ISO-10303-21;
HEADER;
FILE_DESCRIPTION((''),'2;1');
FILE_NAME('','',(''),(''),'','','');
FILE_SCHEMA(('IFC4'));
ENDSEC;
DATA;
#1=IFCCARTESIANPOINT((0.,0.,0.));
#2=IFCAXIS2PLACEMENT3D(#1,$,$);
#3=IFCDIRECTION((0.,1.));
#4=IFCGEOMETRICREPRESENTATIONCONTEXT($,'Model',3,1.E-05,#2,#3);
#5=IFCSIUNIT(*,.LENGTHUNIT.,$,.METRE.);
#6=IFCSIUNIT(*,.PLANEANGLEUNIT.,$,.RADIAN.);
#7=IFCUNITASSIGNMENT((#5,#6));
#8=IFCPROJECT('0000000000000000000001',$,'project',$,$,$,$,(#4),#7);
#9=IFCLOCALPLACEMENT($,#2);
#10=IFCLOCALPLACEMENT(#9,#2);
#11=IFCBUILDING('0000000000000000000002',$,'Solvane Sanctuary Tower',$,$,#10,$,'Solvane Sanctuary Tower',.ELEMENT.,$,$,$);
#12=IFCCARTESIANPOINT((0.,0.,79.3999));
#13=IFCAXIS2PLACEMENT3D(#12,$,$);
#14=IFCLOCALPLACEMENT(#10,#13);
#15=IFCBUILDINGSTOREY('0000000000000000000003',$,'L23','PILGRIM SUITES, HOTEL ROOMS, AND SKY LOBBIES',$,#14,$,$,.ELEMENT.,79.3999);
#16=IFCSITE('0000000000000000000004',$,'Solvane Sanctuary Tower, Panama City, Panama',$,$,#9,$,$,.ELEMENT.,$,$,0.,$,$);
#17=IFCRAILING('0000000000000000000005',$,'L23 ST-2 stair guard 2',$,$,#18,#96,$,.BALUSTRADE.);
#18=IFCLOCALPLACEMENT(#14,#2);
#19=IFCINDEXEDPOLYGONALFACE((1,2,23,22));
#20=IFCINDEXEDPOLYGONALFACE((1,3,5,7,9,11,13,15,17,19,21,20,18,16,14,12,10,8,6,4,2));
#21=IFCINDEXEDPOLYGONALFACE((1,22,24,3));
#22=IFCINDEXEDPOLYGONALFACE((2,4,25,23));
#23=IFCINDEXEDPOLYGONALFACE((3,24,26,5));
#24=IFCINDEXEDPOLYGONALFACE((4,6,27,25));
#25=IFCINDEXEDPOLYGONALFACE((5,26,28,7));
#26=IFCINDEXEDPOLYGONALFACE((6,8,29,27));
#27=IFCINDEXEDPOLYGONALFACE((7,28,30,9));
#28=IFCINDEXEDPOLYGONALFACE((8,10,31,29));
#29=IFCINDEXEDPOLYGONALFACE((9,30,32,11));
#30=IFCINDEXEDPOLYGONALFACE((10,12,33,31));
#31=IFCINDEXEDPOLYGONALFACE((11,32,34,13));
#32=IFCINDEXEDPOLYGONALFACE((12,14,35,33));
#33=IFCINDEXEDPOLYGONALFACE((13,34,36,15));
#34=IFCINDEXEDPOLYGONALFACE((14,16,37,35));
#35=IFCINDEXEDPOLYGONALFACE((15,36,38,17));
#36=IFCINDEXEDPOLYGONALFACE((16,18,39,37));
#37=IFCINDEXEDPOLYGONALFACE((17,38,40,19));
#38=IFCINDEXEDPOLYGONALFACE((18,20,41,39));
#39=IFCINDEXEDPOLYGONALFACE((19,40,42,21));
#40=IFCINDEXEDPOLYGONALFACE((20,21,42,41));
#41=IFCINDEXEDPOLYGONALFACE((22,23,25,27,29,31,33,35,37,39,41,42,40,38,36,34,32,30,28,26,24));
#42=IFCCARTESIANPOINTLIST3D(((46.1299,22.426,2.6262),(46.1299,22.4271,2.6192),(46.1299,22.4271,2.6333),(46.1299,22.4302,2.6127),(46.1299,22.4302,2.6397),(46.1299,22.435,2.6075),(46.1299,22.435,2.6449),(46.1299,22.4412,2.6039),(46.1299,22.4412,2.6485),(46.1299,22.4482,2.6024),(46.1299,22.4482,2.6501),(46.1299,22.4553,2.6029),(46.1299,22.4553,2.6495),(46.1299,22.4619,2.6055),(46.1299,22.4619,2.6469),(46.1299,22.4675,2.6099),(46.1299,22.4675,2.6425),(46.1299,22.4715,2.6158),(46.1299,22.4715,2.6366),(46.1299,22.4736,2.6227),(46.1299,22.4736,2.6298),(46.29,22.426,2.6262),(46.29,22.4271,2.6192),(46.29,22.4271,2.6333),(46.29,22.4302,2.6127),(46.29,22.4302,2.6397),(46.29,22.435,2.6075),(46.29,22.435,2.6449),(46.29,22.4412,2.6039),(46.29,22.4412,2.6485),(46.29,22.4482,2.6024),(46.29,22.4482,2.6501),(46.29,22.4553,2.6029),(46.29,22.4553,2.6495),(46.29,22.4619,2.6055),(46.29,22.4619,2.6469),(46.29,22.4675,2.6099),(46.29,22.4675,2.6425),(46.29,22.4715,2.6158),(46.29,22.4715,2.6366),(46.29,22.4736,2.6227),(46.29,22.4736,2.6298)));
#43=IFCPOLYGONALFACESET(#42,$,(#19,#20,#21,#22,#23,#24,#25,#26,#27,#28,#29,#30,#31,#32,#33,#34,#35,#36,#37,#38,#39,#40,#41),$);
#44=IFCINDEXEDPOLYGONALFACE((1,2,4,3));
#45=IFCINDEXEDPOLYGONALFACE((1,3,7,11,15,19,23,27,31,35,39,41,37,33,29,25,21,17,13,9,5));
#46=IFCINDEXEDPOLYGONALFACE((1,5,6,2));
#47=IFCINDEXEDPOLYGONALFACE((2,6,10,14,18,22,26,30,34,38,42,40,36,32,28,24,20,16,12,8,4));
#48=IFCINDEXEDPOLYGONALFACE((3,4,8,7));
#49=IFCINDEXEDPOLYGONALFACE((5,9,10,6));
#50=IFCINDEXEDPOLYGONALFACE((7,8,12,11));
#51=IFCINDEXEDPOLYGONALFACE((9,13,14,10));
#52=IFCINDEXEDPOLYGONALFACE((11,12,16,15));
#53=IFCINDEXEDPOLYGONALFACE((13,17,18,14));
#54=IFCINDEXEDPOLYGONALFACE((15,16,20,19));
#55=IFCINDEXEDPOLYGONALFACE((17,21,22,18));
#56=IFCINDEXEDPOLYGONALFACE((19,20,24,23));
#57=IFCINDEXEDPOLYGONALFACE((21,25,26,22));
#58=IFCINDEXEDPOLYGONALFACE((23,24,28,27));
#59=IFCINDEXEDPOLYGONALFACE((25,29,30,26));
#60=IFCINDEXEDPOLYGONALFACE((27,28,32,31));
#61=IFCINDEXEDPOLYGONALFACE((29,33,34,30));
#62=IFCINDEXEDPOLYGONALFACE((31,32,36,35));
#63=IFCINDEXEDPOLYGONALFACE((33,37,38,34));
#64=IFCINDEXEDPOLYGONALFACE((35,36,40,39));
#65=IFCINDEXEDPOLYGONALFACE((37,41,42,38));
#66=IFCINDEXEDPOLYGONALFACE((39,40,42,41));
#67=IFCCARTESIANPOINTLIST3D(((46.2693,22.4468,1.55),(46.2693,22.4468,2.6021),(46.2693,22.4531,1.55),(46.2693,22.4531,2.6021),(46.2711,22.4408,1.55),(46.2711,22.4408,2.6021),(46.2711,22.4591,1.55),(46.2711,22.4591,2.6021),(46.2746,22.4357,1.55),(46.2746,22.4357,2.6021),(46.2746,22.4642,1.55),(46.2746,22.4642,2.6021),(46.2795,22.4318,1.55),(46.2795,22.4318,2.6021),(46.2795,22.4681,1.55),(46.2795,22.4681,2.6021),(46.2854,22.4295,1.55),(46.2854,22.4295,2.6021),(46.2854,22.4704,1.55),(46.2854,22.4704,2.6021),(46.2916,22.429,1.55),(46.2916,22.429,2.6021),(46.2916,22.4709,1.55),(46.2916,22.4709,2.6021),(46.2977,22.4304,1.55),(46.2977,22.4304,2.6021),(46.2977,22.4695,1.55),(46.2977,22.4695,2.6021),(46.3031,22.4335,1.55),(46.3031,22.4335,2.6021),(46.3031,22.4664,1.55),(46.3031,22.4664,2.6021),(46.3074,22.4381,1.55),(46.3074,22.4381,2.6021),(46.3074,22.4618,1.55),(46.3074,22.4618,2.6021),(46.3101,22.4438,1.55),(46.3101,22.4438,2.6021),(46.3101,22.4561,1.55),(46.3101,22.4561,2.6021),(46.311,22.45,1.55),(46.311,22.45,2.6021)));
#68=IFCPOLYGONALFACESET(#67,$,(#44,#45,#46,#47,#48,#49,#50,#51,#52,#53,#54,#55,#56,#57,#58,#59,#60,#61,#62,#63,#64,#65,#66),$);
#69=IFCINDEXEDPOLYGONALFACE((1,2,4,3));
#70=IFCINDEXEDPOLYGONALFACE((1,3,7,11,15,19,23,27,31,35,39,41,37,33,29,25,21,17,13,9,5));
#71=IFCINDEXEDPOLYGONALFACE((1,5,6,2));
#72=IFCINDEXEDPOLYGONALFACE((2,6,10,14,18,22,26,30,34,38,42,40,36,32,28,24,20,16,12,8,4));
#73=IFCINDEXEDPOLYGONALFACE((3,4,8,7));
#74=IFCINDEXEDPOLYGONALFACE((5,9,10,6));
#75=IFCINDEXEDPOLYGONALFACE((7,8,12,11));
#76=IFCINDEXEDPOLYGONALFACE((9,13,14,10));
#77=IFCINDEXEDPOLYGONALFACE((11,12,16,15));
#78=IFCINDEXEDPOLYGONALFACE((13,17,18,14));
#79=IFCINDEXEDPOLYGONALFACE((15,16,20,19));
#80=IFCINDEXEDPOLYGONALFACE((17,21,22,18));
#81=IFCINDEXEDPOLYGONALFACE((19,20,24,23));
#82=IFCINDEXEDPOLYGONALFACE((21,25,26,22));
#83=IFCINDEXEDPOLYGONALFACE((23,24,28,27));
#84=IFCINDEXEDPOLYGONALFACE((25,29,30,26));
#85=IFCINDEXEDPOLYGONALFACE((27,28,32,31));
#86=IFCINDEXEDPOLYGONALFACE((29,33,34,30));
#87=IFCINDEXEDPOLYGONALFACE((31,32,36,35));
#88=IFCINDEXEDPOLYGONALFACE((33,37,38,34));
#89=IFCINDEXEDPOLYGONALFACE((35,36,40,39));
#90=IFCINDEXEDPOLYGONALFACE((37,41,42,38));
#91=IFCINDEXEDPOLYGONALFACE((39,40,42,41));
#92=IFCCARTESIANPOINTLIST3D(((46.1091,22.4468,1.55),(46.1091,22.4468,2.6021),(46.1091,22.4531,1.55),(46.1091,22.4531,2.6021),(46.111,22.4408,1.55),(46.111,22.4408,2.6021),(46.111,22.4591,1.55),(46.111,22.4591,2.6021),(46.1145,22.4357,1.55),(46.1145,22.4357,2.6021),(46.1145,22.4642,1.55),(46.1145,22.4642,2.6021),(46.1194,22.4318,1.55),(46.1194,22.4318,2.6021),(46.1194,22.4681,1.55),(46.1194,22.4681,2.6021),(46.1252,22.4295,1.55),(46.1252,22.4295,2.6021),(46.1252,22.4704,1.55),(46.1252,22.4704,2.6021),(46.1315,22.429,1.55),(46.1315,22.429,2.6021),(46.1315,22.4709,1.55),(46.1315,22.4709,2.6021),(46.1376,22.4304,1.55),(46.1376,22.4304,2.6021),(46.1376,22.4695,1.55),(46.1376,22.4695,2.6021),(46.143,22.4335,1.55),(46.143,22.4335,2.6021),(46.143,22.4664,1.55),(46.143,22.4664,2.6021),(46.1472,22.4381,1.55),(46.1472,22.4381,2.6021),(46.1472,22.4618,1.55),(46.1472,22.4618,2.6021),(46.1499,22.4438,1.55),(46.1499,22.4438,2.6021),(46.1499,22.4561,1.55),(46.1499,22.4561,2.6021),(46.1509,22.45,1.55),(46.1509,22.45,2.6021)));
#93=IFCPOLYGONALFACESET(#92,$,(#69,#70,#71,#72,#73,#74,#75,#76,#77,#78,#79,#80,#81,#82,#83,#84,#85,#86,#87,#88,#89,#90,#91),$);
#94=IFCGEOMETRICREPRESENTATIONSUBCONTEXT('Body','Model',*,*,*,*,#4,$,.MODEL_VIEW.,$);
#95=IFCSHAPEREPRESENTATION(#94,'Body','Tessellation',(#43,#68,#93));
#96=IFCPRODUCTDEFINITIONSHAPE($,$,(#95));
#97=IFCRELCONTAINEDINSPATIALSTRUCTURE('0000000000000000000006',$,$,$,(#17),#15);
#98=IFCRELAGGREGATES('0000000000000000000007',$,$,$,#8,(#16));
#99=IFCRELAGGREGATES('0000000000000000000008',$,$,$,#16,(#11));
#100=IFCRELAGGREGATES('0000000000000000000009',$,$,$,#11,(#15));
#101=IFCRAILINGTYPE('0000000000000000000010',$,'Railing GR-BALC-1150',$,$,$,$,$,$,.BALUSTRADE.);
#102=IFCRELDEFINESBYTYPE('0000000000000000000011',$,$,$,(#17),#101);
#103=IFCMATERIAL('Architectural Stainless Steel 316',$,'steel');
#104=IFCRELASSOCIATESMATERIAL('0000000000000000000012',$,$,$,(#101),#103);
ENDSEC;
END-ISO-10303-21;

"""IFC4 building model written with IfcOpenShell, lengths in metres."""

from ifc_helpers import new_model, si_unit, direction, frame, origin, origin_2d, place, context, subcontext, project, spatial, circle, extrude, material, type_object, element, save


model = new_model("IFC4")

# Units and contexts
model_context = context("Model", 3, precision=1e-05, world=origin(), true_north=direction((0.0, 1.0)))
body_context = subcontext(model_context, "Body", "Model", "MODEL_VIEW")
ifc_project = project(units=[si_unit("LENGTHUNIT", "METRE"), si_unit("PLANEANGLEUNIT", "RADIAN")], contexts=[model_context])

# Site, building, storey
site_placement = place(None, origin())
site = spatial("IfcSite", under=ifc_project, at=site_placement, Name="Solvane Sanctuary Tower, Panama City, Panama", CompositionType="ELEMENT", RefElevation=0.0)
building_placement = place(site_placement, origin())
building = spatial("IfcBuilding", under=site, at=building_placement, Name="Solvane Sanctuary Tower", LongName="Solvane Sanctuary Tower", CompositionType="ELEMENT")
storey_placement = place(building_placement, frame((0.0, 0.0, 79.3999)))
storey = spatial("IfcBuildingStorey", under=building, at=storey_placement, Name="L23", Description="PILGRIM SUITES, HOTEL ROOMS, AND SKY LOBBIES", CompositionType="ELEMENT", Elevation=79.3999)

# Shared definitions
ifc_material_1 = material(Name="Architectural Stainless Steel 316", Category="steel")

# Railing
railing_type_1 = type_object("IfcRailingType", Name="Railing GR-BALC-1150", PredefinedType="BALUSTRADE", material=ifc_material_1)
railing_1_placement = place(storey_placement, frame((46.29, 22.45, 1.55)))
element("IfcRailing", 1, at=railing_1_placement, inside=storey, type_object=railing_type_1, Name="L23 ST-2 stair guard 2", PredefinedType="BALUSTRADE", context=body_context, shape_type="SweptSolid", body=[
    extrude(circle(Radius=0.0239, at=origin_2d()), frame((0.0, 0.0, 1.0762), z_axis=(-1.0, 0.0, 0.0), x_axis=(0.0, -1.0, 0.0)), (0.0, 0.0, 1.0), 0.1602),
    extrude(circle(Radius=0.021, at=origin_2d()), origin(), (0.0, 0.0, 1.0), 1.052),
    extrude(circle(Radius=0.021, at=origin_2d()), frame((-0.1602, 0.0, 0.0)), (0.0, 0.0, 1.0), 1.052),
])

save(model, "model.ifc")
